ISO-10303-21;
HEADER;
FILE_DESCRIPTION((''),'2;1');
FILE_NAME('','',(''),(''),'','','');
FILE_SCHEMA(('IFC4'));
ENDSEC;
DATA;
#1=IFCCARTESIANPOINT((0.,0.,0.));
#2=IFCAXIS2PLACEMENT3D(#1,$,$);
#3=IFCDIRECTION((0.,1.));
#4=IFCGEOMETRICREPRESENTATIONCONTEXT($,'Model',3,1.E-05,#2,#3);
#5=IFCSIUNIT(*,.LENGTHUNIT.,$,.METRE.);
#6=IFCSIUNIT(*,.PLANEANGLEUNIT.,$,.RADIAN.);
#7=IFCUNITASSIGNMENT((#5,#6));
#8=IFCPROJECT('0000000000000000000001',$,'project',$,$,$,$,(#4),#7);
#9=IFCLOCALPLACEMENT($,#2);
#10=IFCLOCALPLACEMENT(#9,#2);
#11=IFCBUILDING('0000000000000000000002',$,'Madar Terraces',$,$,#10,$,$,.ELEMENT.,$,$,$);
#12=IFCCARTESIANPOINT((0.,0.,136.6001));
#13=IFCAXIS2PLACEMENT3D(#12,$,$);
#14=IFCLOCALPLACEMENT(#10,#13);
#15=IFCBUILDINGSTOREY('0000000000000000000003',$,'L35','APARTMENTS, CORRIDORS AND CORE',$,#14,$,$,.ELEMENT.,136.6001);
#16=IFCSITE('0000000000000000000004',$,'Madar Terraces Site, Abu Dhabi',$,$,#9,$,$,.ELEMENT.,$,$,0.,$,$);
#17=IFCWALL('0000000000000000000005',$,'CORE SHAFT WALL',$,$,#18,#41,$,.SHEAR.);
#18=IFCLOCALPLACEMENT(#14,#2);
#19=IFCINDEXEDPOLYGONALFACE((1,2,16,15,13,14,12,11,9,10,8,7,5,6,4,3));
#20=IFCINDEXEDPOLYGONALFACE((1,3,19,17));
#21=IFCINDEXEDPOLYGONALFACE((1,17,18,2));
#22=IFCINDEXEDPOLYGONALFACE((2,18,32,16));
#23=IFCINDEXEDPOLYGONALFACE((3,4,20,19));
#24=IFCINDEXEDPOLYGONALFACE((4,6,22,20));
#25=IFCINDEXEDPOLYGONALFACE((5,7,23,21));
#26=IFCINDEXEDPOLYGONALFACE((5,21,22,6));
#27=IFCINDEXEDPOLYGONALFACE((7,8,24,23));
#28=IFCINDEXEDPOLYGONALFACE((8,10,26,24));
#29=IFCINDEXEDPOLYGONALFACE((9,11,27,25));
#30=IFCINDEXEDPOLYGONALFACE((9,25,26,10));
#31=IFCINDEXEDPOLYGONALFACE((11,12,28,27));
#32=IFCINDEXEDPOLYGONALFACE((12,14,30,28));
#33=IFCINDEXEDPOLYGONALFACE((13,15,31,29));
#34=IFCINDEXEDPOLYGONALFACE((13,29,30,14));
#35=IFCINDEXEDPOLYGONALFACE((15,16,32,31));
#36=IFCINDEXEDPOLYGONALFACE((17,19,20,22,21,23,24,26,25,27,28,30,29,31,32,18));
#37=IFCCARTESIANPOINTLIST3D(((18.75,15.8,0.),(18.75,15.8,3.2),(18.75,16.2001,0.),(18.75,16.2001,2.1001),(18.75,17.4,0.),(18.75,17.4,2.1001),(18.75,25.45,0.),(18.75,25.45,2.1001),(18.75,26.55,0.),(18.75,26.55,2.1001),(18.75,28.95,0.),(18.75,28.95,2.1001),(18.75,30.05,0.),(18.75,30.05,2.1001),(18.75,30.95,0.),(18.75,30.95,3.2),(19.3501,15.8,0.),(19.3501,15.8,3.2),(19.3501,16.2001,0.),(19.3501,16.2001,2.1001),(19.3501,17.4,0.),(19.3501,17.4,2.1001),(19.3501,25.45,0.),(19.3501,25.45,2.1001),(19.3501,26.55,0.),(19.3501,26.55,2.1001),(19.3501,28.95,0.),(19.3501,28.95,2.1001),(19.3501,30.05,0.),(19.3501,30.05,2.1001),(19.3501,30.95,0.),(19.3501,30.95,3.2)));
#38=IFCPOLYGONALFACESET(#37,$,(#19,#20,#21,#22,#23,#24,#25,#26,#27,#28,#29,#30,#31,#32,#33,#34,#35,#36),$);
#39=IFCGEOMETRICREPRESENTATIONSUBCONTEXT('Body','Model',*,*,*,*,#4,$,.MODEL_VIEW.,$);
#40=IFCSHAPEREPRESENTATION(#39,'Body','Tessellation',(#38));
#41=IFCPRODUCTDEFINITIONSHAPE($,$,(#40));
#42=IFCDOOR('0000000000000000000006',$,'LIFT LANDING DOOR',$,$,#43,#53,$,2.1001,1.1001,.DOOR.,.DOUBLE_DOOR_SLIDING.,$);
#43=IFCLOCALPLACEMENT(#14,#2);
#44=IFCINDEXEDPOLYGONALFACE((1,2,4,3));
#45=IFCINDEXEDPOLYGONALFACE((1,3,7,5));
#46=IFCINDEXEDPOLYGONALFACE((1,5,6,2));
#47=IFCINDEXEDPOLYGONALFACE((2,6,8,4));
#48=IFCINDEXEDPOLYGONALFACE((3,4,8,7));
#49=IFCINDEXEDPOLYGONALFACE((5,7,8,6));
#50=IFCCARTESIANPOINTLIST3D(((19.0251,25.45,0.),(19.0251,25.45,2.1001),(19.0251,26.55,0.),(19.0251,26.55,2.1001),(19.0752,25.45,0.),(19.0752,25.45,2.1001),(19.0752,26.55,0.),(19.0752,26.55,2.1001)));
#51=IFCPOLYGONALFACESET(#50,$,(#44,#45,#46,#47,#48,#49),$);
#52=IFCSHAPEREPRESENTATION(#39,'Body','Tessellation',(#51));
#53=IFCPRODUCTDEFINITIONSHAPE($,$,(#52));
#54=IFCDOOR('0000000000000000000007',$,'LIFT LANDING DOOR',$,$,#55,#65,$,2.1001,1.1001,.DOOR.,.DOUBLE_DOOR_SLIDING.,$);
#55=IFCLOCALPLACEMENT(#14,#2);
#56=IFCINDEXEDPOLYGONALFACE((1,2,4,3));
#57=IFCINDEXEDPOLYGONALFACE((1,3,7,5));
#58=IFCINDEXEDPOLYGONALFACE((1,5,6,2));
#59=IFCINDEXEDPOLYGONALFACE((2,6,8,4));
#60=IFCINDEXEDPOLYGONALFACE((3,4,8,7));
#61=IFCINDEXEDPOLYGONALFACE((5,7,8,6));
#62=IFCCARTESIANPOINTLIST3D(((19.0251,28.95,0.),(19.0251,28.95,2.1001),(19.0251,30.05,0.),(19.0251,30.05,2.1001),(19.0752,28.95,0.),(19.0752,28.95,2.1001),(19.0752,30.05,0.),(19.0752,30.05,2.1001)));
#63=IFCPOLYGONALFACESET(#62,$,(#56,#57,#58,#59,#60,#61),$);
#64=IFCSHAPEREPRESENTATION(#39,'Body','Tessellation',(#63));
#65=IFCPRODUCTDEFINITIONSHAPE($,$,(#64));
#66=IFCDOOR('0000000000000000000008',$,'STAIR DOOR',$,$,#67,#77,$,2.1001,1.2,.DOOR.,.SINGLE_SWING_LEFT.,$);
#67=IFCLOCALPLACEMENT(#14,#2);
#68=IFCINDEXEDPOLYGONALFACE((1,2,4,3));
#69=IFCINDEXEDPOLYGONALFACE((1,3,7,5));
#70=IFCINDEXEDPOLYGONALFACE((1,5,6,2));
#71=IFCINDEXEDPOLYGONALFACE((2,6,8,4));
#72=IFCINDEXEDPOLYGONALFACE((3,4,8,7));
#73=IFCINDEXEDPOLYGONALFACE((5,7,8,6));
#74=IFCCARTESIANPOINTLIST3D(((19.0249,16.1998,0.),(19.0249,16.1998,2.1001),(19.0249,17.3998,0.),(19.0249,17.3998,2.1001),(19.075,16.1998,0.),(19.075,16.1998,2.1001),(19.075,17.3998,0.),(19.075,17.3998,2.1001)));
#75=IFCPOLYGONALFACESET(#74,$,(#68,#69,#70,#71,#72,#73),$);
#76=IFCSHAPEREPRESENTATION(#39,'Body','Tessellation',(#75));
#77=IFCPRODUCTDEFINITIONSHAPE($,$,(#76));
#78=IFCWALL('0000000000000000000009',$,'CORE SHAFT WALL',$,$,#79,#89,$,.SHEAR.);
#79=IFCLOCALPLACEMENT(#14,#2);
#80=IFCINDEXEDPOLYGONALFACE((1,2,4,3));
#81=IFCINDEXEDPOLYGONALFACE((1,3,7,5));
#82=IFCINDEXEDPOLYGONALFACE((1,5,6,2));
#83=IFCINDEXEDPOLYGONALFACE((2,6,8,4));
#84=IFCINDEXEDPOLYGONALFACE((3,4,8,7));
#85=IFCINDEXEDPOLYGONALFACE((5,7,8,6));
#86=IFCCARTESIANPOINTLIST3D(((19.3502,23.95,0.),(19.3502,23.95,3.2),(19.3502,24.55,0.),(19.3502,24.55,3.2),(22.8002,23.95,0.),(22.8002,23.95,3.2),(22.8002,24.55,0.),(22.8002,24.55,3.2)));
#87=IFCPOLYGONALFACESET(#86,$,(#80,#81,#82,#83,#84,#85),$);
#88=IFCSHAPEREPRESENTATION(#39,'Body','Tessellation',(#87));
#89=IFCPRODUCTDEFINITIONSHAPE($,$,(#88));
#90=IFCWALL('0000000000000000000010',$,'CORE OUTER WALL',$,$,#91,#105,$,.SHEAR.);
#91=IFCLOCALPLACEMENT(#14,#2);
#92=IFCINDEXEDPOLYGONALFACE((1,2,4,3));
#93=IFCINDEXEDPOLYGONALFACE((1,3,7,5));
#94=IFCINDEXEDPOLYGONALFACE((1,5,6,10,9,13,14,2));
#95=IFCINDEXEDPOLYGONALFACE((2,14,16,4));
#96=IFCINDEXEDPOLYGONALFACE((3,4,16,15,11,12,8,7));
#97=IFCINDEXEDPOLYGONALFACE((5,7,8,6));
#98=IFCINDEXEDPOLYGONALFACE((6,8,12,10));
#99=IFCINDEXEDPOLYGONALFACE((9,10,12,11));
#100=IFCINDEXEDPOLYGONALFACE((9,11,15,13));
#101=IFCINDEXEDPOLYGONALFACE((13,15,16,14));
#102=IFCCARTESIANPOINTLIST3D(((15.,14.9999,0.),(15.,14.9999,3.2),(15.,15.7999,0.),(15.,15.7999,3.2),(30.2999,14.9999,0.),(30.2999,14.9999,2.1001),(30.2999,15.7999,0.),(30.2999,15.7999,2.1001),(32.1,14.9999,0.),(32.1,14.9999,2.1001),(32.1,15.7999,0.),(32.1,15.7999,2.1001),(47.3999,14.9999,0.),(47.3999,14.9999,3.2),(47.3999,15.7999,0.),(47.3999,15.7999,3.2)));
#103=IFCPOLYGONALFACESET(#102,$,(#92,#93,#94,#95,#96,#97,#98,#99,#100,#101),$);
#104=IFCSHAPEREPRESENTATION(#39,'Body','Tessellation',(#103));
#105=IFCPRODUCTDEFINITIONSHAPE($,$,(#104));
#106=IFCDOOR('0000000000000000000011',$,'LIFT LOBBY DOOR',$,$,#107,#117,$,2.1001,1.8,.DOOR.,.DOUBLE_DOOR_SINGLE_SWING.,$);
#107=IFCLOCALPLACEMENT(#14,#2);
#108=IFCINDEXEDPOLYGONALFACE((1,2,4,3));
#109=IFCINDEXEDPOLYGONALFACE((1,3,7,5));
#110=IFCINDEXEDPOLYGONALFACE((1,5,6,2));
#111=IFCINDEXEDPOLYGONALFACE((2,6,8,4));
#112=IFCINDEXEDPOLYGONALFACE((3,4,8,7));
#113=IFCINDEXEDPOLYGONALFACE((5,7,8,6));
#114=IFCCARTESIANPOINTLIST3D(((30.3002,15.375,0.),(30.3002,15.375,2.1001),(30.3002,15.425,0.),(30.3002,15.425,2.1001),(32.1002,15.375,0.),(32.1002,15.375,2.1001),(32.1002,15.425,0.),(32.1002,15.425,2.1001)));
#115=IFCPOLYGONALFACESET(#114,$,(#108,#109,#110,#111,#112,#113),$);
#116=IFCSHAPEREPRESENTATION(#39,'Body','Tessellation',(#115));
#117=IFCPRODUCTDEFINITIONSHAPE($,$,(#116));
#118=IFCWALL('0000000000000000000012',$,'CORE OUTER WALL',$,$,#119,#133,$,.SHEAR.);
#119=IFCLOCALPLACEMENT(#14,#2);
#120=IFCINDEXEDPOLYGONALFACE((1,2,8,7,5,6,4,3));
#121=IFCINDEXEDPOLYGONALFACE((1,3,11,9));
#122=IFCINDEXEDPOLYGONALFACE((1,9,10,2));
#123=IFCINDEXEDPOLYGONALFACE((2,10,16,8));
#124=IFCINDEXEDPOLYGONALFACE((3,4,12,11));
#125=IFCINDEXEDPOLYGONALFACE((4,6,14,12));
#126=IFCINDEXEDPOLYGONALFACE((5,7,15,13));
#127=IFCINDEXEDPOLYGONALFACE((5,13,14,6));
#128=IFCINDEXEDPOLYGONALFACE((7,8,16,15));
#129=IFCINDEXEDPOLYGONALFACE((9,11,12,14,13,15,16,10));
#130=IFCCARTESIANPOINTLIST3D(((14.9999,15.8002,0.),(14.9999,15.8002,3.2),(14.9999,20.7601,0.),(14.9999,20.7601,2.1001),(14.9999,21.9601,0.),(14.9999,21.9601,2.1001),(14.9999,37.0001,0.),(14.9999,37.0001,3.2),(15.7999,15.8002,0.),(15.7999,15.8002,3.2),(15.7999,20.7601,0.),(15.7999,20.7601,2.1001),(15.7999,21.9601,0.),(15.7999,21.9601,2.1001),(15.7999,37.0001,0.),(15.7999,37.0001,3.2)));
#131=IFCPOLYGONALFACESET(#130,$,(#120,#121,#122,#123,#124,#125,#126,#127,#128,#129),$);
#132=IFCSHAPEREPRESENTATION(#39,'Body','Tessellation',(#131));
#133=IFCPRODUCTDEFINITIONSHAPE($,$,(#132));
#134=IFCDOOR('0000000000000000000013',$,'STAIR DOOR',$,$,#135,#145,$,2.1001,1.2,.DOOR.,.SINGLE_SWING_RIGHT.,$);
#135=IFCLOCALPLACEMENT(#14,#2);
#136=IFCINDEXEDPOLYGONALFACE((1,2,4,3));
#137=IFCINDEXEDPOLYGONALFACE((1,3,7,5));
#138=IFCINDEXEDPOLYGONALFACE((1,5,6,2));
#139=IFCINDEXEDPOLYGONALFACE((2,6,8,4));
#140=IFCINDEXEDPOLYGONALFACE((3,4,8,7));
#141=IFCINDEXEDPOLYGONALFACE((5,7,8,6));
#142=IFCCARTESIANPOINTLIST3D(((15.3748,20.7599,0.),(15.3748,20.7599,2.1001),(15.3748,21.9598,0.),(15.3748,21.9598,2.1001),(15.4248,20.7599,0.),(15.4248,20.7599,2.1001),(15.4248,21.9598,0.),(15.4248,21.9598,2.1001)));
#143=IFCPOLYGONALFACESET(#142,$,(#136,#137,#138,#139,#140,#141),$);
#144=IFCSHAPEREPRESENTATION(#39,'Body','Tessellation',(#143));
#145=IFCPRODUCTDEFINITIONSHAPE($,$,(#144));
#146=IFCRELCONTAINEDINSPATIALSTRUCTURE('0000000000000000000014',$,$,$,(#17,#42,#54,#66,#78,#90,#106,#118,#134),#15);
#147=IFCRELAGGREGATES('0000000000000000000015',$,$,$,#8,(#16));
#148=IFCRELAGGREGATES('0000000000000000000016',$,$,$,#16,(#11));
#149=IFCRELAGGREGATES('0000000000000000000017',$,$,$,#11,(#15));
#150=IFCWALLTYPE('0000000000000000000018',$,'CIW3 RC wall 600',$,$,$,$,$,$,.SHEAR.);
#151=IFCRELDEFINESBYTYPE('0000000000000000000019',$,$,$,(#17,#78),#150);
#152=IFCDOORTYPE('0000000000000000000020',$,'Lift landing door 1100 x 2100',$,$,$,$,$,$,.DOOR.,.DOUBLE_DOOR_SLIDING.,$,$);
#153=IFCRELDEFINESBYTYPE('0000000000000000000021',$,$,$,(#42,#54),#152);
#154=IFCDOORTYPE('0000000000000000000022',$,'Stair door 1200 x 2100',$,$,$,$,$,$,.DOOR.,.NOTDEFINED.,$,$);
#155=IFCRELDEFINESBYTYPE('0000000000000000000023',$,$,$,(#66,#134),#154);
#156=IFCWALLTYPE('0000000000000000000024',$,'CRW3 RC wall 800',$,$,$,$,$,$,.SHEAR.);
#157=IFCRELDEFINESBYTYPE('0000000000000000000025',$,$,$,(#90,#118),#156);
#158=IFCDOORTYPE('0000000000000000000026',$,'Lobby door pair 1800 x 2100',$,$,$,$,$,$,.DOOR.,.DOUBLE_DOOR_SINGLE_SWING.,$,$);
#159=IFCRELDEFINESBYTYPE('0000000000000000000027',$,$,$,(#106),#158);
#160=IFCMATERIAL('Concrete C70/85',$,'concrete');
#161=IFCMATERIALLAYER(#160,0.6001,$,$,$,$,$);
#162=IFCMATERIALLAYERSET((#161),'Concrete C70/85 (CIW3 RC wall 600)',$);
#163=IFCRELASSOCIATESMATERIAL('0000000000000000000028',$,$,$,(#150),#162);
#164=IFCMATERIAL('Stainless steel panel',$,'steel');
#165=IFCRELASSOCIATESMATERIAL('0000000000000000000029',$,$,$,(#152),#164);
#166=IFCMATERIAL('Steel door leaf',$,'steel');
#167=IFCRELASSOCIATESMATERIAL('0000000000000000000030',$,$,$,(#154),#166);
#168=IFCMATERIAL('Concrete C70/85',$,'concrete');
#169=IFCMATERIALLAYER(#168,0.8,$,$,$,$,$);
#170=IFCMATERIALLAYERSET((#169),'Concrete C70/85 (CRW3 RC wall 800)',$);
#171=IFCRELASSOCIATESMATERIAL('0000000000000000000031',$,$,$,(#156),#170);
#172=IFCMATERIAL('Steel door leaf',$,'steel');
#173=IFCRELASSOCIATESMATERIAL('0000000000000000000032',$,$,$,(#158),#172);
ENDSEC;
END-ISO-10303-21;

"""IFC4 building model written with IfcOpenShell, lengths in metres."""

from ifc_helpers import new_model, si_unit, direction, frame, frame_2d, origin, place, context, subcontext, project, spatial, rectangle, extrude, material, layer, layer_set, type_object, element, fill, save


model = new_model("IFC4")

# Units and contexts
model_context = context("Model", 3, precision=1e-05, world=origin(), true_north=direction((0.0, 1.0)))
body_context = subcontext(model_context, "Body", "Model", "MODEL_VIEW")
ifc_project = project(units=[si_unit("LENGTHUNIT", "METRE"), si_unit("PLANEANGLEUNIT", "RADIAN")], contexts=[model_context])

# Site, building, storey
site_placement = place(None, origin())
site = spatial("IfcSite", under=ifc_project, at=site_placement, Name="Madar Terraces Site, Abu Dhabi", CompositionType="ELEMENT", RefElevation=0.0)
building_placement = place(site_placement, origin())
building = spatial("IfcBuilding", under=site, at=building_placement, Name="Madar Terraces", CompositionType="ELEMENT")
storey_placement = place(building_placement, frame((0.0, 0.0, 136.6001)))
storey = spatial("IfcBuildingStorey", under=building, at=storey_placement, Name="L35", Description="APARTMENTS, CORRIDORS AND CORE", CompositionType="ELEMENT", Elevation=136.6001)

# Wall, openings, doors
ifc_material_1 = material(Name="Concrete C70/85", Category="concrete")
ifc_layer_1 = layer(ifc_material_1, 0.6001)
ifc_layer_set_1 = layer_set([ifc_layer_1], Name="Concrete C70/85 (CIW3 RC wall 600)")
wall_type_1 = type_object("IfcWallType", Name="CIW3 RC wall 600", PredefinedType="SHEAR", material=ifc_layer_set_1)
wall_1_placement = place(storey_placement, frame((19.05, 15.8, 0.0), z_axis=(0.0, 0.0, 1.0), x_axis=(0.0, 1.0, 0.0)))
wall_1 = element("IfcWall", 1, at=wall_1_placement, inside=storey, type_object=wall_type_1, Name="CORE SHAFT WALL", PredefinedType="SHEAR", context=body_context, shape_type="SweptSolid", body=[
    extrude(rectangle(XDim=15.1499, YDim=0.6001, at=frame_2d((7.575, 0.0))), origin(), (0.0, 0.0, 1.0), 3.2),
])
opening_1_placement = place(wall_1_placement, frame((9.6499, 0.0, 0.0)))
opening_1 = element("IfcOpeningElement", 2, at=opening_1_placement, cuts=wall_1, PredefinedType="OPENING", context=body_context, shape_type="SweptSolid", body=[
    extrude(rectangle(XDim=1.1001, YDim=2.1001, at=frame_2d((0.55, 1.05))), frame((0.0, 0.3101, 0.0), z_axis=(0.0, -1.0, 0.0), x_axis=(1.0, 0.0, 0.0)), (0.0, 0.0, 1.0), 0.6201),
])
opening_2_placement = place(wall_1_placement, frame((13.1499, 0.0, 0.0)))
opening_2 = element("IfcOpeningElement", 3, at=opening_2_placement, cuts=wall_1, PredefinedType="OPENING", context=body_context, shape_type="SweptSolid", body=[
    extrude(rectangle(XDim=1.1001, YDim=2.1001, at=frame_2d((0.55, 1.05))), frame((0.0, 0.3101, 0.0), z_axis=(0.0, -1.0, 0.0), x_axis=(1.0, 0.0, 0.0)), (0.0, 0.0, 1.0), 0.6201),
])
opening_3_placement = place(wall_1_placement, frame((0.3999, 0.0, 0.0)))
opening_3 = element("IfcOpeningElement", 4, at=opening_3_placement, cuts=wall_1, PredefinedType="OPENING", context=body_context, shape_type="SweptSolid", body=[
    extrude(rectangle(XDim=1.2, YDim=2.1001, at=frame_2d((0.6001, 1.05))), frame((0.0, 0.3101, 0.0), z_axis=(0.0, -1.0, 0.0), x_axis=(1.0, 0.0, 0.0)), (0.0, 0.0, 1.0), 0.6201),
])
ifc_material_2 = material(Name="Stainless steel panel", Category="steel")
door_type_1 = type_object("IfcDoorType", Name="Lift landing door 1100 x 2100", OperationType="DOUBLE_DOOR_SLIDING", PredefinedType="DOOR", material=ifc_material_2)
door_1_placement = place(opening_1_placement, origin())
door_1 = element("IfcDoor", 5, at=door_1_placement, inside=storey, type_object=door_type_1, Name="LIFT LANDING DOOR", OperationType="DOUBLE_DOOR_SLIDING", OverallHeight=2.1001, OverallWidth=1.1001, PredefinedType="DOOR", context=body_context, shape_type="SweptSolid", body=[
    extrude(rectangle(XDim=1.1001, YDim=2.1001, at=frame_2d((0.55, 1.05))), frame((0.0, 0.0249, 0.0), z_axis=(0.0, -1.0, 0.0), x_axis=(1.0, 0.0, 0.0)), (0.0, 0.0, 1.0), 0.05),
])
fill(opening_1, door_1)
door_2_placement = place(opening_2_placement, origin())
door_2 = element("IfcDoor", 6, at=door_2_placement, inside=storey, type_object=door_type_1, Name="LIFT LANDING DOOR", OperationType="DOUBLE_DOOR_SLIDING", OverallHeight=2.1001, OverallWidth=1.1001, PredefinedType="DOOR", context=body_context, shape_type="SweptSolid", body=[
    extrude(rectangle(XDim=1.1001, YDim=2.1001, at=frame_2d((0.55, 1.05))), frame((0.0, 0.0249, 0.0), z_axis=(0.0, -1.0, 0.0), x_axis=(1.0, 0.0, 0.0)), (0.0, 0.0, 1.0), 0.05),
])
fill(opening_2, door_2)
ifc_material_3 = material(Name="Steel door leaf", Category="steel")
door_type_2 = type_object("IfcDoorType", Name="Stair door 1200 x 2100", OperationType="NOTDEFINED", PredefinedType="DOOR", material=ifc_material_3)
door_3_placement = place(opening_3_placement, frame((1.2, 0.0, 0.0), z_axis=(0.0, 0.0, 1.0), x_axis=(-1.0, 0.0, 0.0)))
door_3 = element("IfcDoor", 7, at=door_3_placement, inside=storey, type_object=door_type_2, Name="STAIR DOOR", OperationType="SINGLE_SWING_LEFT", OverallHeight=2.1001, OverallWidth=1.2, PredefinedType="DOOR", context=body_context, shape_type="SweptSolid", body=[
    extrude(rectangle(XDim=1.2, YDim=2.1001, at=frame_2d((0.6001, 1.05))), frame((0.0, 0.0249, 0.0), z_axis=(0.0, -1.0, 0.0), x_axis=(1.0, 0.0, 0.0)), (0.0, 0.0, 1.0), 0.05),
])
fill(opening_3, door_3)

# Wall
wall_2_placement = place(storey_placement, frame((19.3501, 24.25, 0.0), z_axis=(0.0, 0.0, 1.0), x_axis=(1.0, 0.0, 0.0)))
element("IfcWall", 8, at=wall_2_placement, inside=storey, type_object=wall_type_1, Name="CORE SHAFT WALL", PredefinedType="SHEAR", context=body_context, shape_type="SweptSolid", body=[
    extrude(rectangle(XDim=3.45, YDim=0.6001, at=frame_2d((1.7251, 0.0))), origin(), (0.0, 0.0, 1.0), 3.2),
])

# Walls, openings, doors
ifc_material_4 = material(Name="Concrete C70/85", Category="concrete")
ifc_layer_2 = layer(ifc_material_4, 0.8)
ifc_layer_set_2 = layer_set([ifc_layer_2], Name="Concrete C70/85 (CRW3 RC wall 800)")
wall_type_2 = type_object("IfcWallType", Name="CRW3 RC wall 800", PredefinedType="SHEAR", material=ifc_layer_set_2)
wall_3_placement = place(storey_placement, frame((15.0, 15.3999, 0.0), z_axis=(0.0, 0.0, 1.0), x_axis=(1.0, 0.0, 0.0)))
wall_3 = element("IfcWall", 9, at=wall_3_placement, inside=storey, type_object=wall_type_2, Name="CORE OUTER WALL", PredefinedType="SHEAR", context=body_context, shape_type="SweptSolid", body=[
    extrude(rectangle(XDim=32.3999, YDim=0.8, at=frame_2d((16.2, 0.0))), origin(), (0.0, 0.0, 1.0), 3.2),
])
opening_4_placement = place(wall_3_placement, frame((15.3, 0.0, 0.0)))
opening_4 = element("IfcOpeningElement", 10, at=opening_4_placement, cuts=wall_3, PredefinedType="OPENING", context=body_context, shape_type="SweptSolid", body=[
    extrude(rectangle(XDim=1.8, YDim=2.1001, at=frame_2d((0.8999, 1.05))), frame((0.0, 0.4099, 0.0), z_axis=(0.0, -1.0, 0.0), x_axis=(1.0, 0.0, 0.0)), (0.0, 0.0, 1.0), 0.8201),
])
ifc_material_5 = material(Name="Steel door leaf", Category="steel")
door_type_3 = type_object("IfcDoorType", Name="Lobby door pair 1800 x 2100", OperationType="DOUBLE_DOOR_SINGLE_SWING", PredefinedType="DOOR", material=ifc_material_5)
door_4_placement = place(opening_4_placement, frame((1.8, 0.0, 0.0), z_axis=(0.0, 0.0, 1.0), x_axis=(-1.0, 0.0, 0.0)))
door_4 = element("IfcDoor", 11, at=door_4_placement, inside=storey, type_object=door_type_3, Name="LIFT LOBBY DOOR", OperationType="DOUBLE_DOOR_SINGLE_SWING", OverallHeight=2.1001, OverallWidth=1.8, PredefinedType="DOOR", context=body_context, shape_type="SweptSolid", body=[
    extrude(rectangle(XDim=1.8, YDim=2.1001, at=frame_2d((0.8999, 1.05))), frame((0.0, 0.0249, 0.0), z_axis=(0.0, -1.0, 0.0), x_axis=(1.0, 0.0, 0.0)), (0.0, 0.0, 1.0), 0.05),
])
fill(opening_4, door_4)
wall_4_placement = place(storey_placement, frame((15.3999, 15.8, 0.0), z_axis=(0.0, 0.0, 1.0), x_axis=(0.0, 1.0, 0.0)))
wall_4 = element("IfcWall", 12, at=wall_4_placement, inside=storey, type_object=wall_type_2, Name="CORE OUTER WALL", PredefinedType="SHEAR", context=body_context, shape_type="SweptSolid", body=[
    extrude(rectangle(XDim=21.2, YDim=0.8, at=frame_2d((10.6001, 0.0))), origin(), (0.0, 0.0, 1.0), 3.2),
])
opening_5_placement = place(wall_4_placement, frame((4.96, 0.0, 0.0)))
opening_5 = element("IfcOpeningElement", 13, at=opening_5_placement, cuts=wall_4, PredefinedType="OPENING", context=body_context, shape_type="SweptSolid", body=[
    extrude(rectangle(XDim=1.2, YDim=2.1001, at=frame_2d((0.6001, 1.05))), frame((0.0, 0.4099, 0.0), z_axis=(0.0, -1.0, 0.0), x_axis=(1.0, 0.0, 0.0)), (0.0, 0.0, 1.0), 0.8201),
])
door_5_placement = place(opening_5_placement, frame((1.2, 0.0, 0.0), z_axis=(0.0, 0.0, 1.0), x_axis=(-1.0, 0.0, 0.0)))
door_5 = element("IfcDoor", 14, at=door_5_placement, inside=storey, type_object=door_type_2, Name="STAIR DOOR", OperationType="SINGLE_SWING_RIGHT", OverallHeight=2.1001, OverallWidth=1.2, PredefinedType="DOOR", context=body_context, shape_type="SweptSolid", body=[
    extrude(rectangle(XDim=1.2, YDim=2.1001, at=frame_2d((0.6001, 1.05))), frame((0.0, 0.0249, 0.0), z_axis=(0.0, -1.0, 0.0), x_axis=(1.0, 0.0, 0.0)), (0.0, 0.0, 1.0), 0.05),
])
fill(opening_5, door_5)

save(model, "model.ifc")
